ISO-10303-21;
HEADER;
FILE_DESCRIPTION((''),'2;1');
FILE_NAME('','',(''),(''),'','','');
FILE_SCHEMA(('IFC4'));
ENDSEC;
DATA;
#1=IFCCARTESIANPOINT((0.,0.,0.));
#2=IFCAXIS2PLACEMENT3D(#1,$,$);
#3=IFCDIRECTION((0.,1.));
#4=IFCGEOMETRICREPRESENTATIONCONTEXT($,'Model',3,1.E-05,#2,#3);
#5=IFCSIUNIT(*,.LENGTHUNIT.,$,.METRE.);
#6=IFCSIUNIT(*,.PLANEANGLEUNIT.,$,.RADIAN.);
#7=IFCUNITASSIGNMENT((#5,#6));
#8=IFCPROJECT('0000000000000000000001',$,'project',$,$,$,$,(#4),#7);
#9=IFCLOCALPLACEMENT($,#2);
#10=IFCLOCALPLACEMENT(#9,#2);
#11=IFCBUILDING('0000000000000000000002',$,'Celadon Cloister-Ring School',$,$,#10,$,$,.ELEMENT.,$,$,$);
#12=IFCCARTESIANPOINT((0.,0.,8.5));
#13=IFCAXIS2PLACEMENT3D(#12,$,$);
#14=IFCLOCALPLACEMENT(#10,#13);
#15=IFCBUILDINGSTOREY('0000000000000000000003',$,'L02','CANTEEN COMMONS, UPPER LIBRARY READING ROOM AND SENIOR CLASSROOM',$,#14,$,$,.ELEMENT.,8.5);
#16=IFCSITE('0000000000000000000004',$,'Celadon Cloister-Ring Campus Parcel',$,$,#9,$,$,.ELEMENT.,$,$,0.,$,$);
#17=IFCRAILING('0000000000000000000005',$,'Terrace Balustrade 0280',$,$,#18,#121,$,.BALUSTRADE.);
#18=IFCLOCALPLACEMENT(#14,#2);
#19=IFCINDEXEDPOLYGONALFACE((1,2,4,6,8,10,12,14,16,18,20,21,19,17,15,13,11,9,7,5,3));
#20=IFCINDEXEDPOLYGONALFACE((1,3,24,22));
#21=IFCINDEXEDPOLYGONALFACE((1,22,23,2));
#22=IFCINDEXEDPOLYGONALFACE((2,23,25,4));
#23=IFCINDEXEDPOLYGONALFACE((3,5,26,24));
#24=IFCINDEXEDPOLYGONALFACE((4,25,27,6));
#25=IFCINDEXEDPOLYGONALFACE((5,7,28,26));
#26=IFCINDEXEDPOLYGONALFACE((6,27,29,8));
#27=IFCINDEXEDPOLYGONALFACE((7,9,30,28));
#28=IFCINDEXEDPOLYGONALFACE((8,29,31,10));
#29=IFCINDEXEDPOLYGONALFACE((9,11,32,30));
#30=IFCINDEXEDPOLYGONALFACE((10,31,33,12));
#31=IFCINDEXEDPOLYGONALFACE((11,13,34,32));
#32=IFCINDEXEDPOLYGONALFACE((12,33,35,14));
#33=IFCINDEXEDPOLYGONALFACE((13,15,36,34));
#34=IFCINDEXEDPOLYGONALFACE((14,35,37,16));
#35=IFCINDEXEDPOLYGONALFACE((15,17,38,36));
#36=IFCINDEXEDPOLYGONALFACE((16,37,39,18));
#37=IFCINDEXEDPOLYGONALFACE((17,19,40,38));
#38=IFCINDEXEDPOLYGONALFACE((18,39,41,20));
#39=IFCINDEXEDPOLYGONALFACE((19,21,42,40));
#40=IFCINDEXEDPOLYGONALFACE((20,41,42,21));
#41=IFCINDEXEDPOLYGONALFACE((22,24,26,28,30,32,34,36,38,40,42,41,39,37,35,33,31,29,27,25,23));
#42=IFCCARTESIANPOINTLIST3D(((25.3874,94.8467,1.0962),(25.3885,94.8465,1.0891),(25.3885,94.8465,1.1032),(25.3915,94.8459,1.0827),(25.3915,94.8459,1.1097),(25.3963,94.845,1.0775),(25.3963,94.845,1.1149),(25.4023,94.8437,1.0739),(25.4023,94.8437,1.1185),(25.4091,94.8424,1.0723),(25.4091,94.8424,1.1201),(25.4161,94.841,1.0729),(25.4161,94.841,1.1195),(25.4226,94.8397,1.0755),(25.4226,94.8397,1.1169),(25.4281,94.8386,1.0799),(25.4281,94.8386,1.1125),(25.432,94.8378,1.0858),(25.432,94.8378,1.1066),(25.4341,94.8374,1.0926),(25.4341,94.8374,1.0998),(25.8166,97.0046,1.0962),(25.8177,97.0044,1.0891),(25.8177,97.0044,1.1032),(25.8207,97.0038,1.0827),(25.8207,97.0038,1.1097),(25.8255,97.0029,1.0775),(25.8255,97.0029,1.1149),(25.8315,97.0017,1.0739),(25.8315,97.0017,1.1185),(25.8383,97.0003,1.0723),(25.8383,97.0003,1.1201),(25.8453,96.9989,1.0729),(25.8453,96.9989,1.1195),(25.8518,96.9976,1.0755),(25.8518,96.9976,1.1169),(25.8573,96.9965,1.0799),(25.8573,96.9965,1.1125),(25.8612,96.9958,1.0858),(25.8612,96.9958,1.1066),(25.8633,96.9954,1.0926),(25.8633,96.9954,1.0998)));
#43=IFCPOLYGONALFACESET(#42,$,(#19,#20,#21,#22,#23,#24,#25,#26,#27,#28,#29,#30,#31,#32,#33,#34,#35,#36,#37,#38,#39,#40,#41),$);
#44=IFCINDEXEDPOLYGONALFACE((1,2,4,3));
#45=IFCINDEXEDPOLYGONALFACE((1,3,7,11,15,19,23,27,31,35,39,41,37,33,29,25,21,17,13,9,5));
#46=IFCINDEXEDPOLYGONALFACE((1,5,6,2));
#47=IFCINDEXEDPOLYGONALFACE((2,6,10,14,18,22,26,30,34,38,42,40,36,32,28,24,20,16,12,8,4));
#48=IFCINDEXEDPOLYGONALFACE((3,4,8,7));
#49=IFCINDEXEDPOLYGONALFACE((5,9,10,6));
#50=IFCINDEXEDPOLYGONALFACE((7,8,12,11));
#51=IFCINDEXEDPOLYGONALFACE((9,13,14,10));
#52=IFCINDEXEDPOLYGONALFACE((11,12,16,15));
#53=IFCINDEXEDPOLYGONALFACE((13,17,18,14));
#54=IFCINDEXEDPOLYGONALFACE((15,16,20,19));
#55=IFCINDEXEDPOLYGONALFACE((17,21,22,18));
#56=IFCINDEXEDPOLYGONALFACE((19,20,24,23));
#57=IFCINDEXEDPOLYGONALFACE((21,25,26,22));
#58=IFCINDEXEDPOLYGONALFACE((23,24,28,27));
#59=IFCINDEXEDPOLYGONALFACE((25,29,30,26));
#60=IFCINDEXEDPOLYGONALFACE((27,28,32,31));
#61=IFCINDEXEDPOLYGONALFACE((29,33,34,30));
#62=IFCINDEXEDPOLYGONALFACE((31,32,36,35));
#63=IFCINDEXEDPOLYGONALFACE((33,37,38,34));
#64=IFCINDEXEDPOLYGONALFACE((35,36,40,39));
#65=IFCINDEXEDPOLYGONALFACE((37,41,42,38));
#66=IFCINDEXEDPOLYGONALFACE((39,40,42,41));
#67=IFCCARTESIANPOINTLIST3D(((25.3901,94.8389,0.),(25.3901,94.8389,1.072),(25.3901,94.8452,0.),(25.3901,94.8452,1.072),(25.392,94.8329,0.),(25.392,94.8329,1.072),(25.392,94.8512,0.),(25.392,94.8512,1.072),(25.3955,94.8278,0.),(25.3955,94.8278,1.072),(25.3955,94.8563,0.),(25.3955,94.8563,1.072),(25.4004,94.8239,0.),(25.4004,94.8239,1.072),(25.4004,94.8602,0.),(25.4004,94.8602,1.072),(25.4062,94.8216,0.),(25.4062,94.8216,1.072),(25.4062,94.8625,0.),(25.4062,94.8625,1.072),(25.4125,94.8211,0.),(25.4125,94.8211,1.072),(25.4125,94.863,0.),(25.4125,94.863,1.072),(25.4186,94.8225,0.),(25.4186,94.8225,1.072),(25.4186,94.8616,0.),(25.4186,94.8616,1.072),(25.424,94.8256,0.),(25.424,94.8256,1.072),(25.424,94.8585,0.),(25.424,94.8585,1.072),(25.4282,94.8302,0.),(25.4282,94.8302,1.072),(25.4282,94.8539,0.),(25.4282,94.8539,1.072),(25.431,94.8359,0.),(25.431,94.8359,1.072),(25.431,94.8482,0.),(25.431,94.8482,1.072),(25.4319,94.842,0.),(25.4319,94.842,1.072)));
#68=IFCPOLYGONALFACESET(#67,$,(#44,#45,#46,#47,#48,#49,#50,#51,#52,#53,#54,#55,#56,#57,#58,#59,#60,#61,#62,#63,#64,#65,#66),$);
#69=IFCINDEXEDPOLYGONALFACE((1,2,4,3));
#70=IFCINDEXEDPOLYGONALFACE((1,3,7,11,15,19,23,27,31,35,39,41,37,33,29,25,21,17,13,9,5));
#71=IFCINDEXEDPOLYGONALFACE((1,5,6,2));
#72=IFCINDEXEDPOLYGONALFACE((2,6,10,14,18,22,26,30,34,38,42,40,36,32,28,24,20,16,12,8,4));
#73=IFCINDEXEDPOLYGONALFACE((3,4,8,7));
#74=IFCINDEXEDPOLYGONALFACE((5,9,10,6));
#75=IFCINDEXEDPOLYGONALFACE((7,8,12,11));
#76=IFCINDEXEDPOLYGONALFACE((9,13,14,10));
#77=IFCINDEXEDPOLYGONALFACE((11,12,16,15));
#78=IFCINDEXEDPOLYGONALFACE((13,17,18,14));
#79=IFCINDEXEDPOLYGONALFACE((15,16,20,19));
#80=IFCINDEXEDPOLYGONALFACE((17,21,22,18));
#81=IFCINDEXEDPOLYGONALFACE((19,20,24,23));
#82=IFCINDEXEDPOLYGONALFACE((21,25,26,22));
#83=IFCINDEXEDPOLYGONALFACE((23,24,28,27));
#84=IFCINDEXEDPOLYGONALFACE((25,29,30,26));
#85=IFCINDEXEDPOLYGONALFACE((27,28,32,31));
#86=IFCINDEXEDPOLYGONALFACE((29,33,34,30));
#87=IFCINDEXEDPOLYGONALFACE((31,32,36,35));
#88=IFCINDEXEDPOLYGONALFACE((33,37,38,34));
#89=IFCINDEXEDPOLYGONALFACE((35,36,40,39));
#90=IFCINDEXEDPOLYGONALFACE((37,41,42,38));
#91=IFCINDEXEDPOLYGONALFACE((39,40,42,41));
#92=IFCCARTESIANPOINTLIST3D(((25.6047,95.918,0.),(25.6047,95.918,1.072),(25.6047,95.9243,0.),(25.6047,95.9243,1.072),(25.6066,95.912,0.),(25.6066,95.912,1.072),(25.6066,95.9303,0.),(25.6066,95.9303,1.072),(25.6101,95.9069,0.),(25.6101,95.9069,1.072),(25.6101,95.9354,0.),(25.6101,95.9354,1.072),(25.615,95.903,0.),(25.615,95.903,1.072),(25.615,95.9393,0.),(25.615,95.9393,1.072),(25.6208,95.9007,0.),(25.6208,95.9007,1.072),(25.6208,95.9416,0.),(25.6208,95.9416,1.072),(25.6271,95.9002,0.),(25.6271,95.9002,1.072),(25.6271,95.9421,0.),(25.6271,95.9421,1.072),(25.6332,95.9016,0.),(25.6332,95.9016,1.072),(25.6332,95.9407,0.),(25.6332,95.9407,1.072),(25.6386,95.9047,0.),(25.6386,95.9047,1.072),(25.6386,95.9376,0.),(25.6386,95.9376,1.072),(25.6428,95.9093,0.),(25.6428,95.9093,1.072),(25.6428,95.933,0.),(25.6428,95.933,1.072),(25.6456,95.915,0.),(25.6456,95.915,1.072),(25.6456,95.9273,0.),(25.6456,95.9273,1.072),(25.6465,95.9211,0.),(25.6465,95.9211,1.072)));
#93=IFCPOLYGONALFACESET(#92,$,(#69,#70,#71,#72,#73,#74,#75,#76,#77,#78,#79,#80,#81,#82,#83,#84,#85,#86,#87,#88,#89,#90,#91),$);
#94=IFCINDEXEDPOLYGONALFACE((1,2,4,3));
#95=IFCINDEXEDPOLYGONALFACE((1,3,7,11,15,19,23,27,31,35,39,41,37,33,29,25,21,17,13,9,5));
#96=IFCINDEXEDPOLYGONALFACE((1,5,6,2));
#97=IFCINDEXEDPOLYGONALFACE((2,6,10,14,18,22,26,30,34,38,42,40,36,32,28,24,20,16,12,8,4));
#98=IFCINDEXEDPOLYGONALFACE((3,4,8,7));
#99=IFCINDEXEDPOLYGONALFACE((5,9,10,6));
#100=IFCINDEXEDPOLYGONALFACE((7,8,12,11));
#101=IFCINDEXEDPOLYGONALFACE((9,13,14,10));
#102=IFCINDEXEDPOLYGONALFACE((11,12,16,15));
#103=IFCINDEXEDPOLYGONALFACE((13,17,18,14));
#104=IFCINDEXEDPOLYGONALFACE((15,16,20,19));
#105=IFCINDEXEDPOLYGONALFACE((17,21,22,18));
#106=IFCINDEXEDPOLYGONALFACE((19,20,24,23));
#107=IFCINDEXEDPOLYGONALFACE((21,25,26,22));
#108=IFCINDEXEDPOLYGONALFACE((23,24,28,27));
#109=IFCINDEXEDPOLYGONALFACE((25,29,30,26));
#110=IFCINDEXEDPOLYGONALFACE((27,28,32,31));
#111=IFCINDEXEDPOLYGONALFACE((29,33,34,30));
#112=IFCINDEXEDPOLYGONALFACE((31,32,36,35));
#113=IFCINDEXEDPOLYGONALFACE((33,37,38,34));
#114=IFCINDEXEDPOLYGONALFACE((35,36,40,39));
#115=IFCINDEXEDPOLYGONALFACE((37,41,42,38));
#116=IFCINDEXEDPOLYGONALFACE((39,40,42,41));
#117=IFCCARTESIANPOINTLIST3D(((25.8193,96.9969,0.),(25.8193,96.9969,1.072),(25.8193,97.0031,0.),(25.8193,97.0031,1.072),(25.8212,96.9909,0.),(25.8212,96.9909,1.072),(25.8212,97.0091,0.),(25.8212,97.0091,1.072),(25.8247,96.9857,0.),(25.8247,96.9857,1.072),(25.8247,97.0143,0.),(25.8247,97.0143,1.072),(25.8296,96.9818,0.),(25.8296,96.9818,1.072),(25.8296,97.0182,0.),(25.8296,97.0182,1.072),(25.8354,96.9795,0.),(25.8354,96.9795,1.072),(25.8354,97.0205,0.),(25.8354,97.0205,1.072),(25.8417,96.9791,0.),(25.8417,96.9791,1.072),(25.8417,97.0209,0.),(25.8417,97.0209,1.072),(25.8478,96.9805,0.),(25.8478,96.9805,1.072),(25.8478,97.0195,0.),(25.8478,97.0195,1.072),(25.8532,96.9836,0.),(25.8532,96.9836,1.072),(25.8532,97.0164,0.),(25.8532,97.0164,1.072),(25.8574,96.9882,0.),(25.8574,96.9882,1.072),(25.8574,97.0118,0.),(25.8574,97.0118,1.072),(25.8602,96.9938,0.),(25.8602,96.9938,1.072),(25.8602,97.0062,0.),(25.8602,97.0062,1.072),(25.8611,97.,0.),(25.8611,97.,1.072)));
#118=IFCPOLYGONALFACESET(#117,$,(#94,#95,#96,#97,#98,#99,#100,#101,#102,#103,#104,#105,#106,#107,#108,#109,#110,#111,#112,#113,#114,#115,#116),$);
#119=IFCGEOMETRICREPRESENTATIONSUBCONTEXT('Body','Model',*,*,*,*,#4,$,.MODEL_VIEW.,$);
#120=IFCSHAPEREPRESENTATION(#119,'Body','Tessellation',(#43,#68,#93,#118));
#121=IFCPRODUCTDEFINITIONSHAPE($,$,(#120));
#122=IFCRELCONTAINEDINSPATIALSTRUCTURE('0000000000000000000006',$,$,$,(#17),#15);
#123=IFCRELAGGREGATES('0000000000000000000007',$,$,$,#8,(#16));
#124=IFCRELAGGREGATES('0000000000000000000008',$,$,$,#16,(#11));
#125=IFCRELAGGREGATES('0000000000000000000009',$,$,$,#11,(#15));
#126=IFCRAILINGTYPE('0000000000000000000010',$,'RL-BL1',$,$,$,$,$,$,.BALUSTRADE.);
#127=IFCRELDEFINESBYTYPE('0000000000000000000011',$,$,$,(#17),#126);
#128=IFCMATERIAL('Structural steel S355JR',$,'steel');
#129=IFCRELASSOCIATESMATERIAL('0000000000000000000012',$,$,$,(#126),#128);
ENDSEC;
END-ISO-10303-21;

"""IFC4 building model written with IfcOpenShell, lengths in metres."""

from ifc_helpers import new_model, si_unit, direction, frame, origin, origin_2d, place, context, subcontext, project, spatial, circle, extrude, material, type_object, element, save


model = new_model("IFC4")

# Units and contexts
model_context = context("Model", 3, precision=1e-05, world=origin(), true_north=direction((0.0, 1.0)))
body_context = subcontext(model_context, "Body", "Model", "MODEL_VIEW")
ifc_project = project(units=[si_unit("LENGTHUNIT", "METRE"), si_unit("PLANEANGLEUNIT", "RADIAN")], contexts=[model_context])

# Site, building, storey
site_placement = place(None, origin())
site = spatial("IfcSite", under=ifc_project, at=site_placement, Name="Celadon Cloister-Ring Campus Parcel", CompositionType="ELEMENT", RefElevation=0.0)
building_placement = place(site_placement, origin())
building = spatial("IfcBuilding", under=site, at=building_placement, Name="Celadon Cloister-Ring School", CompositionType="ELEMENT")
storey_placement = place(building_placement, frame((0.0, 0.0, 8.5)))
storey = spatial("IfcBuildingStorey", under=building, at=storey_placement, Name="L02", Description="CANTEEN COMMONS, UPPER LIBRARY READING ROOM AND SENIOR CLASSROOM", CompositionType="ELEMENT", Elevation=8.5)

# Railing
ifc_material_1 = material(Name="Structural steel S355JR", Category="steel")
railing_type = type_object("IfcRailingType", Name="RL-BL1", PredefinedType="BALUSTRADE", material=ifc_material_1)
railing_1_placement = place(storey_placement, frame((25.4109, 94.842, 0.0)))
element("IfcRailing", 1, at=railing_1_placement, inside=storey, type_object=railing_type, Name="Terrace Balustrade 0280", PredefinedType="BALUSTRADE", context=body_context, shape_type="SweptSolid", body=[
    extrude(circle(Radius=0.0239, at=origin_2d()), frame((0.0, 0.0, 1.0962), z_axis=(0.19507, 0.980789, 0.0), x_axis=(-0.980789, 0.19507, 0.0)), (0.0, 0.0, 1.0), 2.2002),
    extrude(circle(Radius=0.021, at=origin_2d()), origin(), (0.0, 0.0, 1.0), 1.072),
    extrude(circle(Radius=0.021, at=origin_2d()), frame((0.2146, 1.0791, 0.0)), (0.0, 0.0, 1.0), 1.072),
    extrude(circle(Radius=0.021, at=origin_2d()), frame((0.4292, 2.158, 0.0)), (0.0, 0.0, 1.0), 1.072),
])

save(model, "model.ifc")
